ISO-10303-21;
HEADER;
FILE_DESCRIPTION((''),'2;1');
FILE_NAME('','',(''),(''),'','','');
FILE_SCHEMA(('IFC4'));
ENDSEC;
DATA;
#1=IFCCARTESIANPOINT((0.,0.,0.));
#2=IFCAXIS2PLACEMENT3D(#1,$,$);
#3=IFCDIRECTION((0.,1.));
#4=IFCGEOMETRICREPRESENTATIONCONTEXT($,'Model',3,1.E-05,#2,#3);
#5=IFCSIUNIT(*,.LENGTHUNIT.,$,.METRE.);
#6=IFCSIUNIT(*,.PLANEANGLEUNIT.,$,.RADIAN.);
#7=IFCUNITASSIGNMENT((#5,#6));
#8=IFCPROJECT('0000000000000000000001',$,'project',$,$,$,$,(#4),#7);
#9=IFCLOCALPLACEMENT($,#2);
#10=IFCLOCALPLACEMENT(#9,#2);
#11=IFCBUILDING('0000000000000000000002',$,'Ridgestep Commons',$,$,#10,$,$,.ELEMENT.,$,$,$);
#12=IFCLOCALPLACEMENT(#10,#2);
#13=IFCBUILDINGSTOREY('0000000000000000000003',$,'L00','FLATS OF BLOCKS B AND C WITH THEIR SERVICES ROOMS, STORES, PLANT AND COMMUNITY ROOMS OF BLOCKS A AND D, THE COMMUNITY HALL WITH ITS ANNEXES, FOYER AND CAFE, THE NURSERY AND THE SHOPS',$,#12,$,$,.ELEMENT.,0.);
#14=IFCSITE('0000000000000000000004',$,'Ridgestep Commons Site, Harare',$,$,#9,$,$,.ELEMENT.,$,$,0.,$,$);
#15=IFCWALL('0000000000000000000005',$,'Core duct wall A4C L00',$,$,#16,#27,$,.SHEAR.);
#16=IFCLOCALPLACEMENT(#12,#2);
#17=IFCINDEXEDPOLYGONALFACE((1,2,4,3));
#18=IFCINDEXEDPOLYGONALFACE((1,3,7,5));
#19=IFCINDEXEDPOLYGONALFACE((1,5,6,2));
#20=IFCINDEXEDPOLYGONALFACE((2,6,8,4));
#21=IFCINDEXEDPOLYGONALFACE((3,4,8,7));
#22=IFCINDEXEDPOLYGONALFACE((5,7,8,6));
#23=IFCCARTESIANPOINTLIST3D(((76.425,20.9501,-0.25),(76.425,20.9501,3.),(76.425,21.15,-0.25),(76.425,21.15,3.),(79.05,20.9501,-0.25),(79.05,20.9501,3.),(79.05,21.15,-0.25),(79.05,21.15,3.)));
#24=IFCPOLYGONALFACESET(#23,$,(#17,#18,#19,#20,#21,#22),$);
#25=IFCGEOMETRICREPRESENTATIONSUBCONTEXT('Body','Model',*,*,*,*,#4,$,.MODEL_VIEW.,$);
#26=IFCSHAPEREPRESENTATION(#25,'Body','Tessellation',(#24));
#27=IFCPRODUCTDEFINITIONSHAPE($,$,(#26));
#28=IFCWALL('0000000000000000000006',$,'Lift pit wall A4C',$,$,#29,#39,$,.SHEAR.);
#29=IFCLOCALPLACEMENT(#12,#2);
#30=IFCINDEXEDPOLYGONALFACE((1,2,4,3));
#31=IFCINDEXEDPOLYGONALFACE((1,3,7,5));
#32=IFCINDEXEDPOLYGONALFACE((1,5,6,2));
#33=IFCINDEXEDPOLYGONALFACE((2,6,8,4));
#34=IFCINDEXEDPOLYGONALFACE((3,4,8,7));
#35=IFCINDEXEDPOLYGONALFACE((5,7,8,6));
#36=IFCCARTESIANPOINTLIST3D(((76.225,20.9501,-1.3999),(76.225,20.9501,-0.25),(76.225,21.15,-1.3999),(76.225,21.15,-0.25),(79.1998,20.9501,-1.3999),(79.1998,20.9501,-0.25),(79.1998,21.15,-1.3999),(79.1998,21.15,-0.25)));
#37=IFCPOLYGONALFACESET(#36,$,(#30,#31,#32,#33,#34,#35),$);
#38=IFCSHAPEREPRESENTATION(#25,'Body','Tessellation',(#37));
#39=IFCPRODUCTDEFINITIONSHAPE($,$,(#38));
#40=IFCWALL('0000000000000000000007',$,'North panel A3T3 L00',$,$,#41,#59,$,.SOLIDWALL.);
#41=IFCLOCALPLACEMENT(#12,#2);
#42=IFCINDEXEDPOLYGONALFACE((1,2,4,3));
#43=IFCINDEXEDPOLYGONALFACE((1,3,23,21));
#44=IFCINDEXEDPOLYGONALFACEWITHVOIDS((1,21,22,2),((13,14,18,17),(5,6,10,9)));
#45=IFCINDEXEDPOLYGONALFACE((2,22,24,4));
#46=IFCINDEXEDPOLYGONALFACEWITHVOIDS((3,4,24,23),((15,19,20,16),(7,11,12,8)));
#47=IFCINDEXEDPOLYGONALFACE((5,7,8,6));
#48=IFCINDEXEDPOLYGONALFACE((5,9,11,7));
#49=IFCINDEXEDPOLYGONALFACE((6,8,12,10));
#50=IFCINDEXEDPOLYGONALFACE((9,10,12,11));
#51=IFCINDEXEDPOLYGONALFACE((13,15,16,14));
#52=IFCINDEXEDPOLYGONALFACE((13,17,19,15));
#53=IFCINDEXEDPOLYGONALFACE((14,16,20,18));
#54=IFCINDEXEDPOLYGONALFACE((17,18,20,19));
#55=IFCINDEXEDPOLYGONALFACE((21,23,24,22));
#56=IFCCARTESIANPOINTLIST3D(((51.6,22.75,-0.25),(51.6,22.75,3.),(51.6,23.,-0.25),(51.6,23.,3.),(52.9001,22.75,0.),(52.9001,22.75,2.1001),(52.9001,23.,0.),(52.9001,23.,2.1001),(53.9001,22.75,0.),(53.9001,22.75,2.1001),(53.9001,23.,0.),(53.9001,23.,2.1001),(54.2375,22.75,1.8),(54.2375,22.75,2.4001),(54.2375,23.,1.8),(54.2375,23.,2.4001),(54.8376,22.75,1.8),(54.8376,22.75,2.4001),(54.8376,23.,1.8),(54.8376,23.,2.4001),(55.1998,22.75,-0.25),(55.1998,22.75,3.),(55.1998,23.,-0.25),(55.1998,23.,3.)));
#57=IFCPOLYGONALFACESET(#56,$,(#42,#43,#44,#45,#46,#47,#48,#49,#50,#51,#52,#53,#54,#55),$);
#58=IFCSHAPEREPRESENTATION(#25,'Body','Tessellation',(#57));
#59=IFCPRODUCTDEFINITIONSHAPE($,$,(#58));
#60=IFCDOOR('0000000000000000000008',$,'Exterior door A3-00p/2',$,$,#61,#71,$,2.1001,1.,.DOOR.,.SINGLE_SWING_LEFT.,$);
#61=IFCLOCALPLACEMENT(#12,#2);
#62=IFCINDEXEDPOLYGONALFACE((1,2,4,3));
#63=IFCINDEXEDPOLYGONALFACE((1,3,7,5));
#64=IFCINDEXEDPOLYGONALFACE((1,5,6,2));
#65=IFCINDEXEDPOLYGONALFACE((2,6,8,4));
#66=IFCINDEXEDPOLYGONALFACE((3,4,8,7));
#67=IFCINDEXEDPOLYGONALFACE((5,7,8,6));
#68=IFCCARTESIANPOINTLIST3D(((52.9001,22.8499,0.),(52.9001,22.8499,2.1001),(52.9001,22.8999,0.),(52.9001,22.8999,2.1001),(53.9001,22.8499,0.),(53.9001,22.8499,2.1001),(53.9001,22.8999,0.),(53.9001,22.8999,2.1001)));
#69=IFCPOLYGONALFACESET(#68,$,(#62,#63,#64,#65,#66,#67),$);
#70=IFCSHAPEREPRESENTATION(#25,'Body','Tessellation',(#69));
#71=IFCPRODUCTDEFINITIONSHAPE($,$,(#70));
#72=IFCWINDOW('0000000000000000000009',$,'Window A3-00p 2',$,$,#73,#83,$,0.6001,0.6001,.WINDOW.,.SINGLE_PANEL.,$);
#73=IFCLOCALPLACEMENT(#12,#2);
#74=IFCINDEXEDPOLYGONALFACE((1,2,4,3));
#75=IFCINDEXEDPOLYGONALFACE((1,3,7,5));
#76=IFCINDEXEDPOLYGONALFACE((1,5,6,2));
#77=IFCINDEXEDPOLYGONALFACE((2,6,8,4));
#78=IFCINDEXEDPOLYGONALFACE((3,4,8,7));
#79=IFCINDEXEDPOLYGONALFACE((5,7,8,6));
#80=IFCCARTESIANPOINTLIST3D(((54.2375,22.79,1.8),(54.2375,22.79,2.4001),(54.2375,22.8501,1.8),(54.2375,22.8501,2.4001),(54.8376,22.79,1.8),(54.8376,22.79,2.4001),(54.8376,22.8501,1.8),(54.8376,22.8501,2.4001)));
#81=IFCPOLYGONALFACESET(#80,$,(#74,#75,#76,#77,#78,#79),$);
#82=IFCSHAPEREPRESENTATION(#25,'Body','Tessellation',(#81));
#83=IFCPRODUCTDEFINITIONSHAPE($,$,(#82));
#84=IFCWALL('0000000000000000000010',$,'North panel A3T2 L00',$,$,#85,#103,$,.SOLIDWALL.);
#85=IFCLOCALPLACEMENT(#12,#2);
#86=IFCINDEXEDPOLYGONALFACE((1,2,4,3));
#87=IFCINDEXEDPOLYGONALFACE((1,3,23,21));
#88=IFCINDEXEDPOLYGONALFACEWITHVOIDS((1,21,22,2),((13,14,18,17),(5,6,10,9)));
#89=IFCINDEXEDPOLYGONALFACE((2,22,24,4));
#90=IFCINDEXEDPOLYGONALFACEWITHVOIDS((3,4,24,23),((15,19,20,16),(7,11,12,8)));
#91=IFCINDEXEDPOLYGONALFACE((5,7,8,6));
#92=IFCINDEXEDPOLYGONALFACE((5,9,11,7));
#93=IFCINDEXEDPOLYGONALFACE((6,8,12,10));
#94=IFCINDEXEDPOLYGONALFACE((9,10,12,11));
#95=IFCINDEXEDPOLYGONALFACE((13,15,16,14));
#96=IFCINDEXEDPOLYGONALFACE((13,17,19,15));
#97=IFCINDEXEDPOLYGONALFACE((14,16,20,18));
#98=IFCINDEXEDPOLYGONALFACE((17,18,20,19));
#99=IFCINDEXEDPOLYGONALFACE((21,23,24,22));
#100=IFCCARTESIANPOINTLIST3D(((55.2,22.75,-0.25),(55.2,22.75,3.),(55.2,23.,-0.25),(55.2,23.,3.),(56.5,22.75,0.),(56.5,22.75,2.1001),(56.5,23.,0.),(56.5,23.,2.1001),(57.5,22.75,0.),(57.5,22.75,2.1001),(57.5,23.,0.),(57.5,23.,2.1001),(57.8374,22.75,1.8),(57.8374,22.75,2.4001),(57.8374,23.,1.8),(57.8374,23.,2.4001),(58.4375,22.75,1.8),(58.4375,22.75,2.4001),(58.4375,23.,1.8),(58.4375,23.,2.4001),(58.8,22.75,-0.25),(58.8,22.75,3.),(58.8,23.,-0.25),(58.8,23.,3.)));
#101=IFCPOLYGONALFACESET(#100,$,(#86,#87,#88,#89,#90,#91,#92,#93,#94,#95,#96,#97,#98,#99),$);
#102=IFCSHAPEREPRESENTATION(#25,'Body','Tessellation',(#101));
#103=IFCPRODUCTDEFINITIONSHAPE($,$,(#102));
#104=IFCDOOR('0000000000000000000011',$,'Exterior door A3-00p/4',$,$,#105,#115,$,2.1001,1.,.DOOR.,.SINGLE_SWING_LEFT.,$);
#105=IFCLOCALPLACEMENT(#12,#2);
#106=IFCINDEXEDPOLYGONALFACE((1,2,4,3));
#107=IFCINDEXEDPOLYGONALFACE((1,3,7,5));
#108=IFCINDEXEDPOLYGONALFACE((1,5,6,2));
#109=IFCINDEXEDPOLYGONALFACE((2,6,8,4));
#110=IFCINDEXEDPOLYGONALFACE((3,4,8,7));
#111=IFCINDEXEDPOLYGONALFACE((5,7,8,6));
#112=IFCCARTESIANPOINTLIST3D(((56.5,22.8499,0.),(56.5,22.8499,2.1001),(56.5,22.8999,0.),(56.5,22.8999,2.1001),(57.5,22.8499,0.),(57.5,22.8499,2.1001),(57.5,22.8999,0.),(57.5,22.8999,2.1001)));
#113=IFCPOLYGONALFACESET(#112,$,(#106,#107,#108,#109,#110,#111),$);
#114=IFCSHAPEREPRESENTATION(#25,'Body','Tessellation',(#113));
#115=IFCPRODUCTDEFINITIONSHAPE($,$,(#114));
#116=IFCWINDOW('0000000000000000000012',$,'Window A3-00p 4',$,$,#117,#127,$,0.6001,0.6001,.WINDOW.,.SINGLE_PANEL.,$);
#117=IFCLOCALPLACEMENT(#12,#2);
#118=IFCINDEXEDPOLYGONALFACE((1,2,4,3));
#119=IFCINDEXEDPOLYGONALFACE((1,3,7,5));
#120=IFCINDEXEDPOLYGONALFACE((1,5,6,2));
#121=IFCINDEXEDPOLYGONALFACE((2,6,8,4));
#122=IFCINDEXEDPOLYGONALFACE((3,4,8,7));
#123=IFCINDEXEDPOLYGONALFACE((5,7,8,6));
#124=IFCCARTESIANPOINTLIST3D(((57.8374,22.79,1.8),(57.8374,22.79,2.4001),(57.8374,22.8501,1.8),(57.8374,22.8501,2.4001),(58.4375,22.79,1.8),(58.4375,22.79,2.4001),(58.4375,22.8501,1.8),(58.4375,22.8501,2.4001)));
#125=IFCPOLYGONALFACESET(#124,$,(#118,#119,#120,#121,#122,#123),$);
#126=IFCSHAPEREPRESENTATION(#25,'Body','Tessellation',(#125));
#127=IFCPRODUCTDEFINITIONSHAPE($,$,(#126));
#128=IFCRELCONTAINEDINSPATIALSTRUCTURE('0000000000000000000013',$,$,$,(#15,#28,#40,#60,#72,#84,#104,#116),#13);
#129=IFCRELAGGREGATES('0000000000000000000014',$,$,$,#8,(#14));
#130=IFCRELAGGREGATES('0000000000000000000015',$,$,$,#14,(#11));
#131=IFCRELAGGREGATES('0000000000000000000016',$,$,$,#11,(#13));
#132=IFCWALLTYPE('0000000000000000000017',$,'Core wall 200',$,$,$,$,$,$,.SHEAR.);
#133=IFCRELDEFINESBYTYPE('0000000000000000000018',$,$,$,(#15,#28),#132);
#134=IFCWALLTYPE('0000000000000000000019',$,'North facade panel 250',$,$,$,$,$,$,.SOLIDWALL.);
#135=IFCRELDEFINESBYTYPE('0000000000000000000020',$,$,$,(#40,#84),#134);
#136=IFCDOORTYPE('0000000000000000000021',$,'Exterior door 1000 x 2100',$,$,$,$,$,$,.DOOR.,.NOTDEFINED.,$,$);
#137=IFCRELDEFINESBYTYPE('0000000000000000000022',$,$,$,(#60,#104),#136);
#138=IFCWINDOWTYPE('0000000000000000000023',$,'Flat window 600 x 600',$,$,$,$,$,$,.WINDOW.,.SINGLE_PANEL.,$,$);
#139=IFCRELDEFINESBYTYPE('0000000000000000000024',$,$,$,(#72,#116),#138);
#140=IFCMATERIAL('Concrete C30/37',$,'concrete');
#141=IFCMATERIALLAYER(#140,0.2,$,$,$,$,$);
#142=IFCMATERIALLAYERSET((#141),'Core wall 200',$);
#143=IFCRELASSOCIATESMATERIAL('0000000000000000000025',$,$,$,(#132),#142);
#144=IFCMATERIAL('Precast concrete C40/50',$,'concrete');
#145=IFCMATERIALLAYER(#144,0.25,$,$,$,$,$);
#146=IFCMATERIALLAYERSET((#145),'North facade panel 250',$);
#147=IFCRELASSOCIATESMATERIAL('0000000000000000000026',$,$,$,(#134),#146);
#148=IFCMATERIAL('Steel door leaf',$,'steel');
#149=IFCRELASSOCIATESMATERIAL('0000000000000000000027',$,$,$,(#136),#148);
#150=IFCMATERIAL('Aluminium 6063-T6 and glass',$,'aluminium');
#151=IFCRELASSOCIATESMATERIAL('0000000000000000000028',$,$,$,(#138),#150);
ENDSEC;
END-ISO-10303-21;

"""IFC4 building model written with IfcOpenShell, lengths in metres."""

from ifc_helpers import new_model, si_unit, direction, frame, frame_2d, origin, place, context, subcontext, project, spatial, rectangle, extrude, material, layer, layer_set, type_object, element, fill, save


model = new_model("IFC4")

# Units and contexts
model_context = context("Model", 3, precision=1e-05, world=origin(), true_north=direction((0.0, 1.0)))
body_context = subcontext(model_context, "Body", "Model", "MODEL_VIEW")
ifc_project = project(units=[si_unit("LENGTHUNIT", "METRE"), si_unit("PLANEANGLEUNIT", "RADIAN")], contexts=[model_context])

# Site, building, storey
site_placement = place(None, origin())
site = spatial("IfcSite", under=ifc_project, at=site_placement, Name="Ridgestep Commons Site, Harare", CompositionType="ELEMENT", RefElevation=0.0)
building_placement = place(site_placement, origin())
building = spatial("IfcBuilding", under=site, at=building_placement, Name="Ridgestep Commons", CompositionType="ELEMENT")
storey_placement = place(building_placement, origin())
storey = spatial("IfcBuildingStorey", under=building, at=storey_placement, Name="L00", Description="FLATS OF BLOCKS B AND C WITH THEIR SERVICES ROOMS, STORES, PLANT AND COMMUNITY ROOMS OF BLOCKS A AND D, THE COMMUNITY HALL WITH ITS ANNEXES, FOYER AND CAFE, THE NURSERY AND THE SHOPS", CompositionType="ELEMENT", Elevation=0.0)

# Walls
ifc_material_1 = material(Name="Concrete C30/37", Category="concrete")
ifc_layer_1 = layer(ifc_material_1, 0.2)
ifc_layer_set_1 = layer_set([ifc_layer_1], Name="Core wall 200")
wall_type_1 = type_object("IfcWallType", Name="Core wall 200", PredefinedType="SHEAR", material=ifc_layer_set_1)
wall_1_placement = place(storey_placement, frame((76.425, 21.05, -0.25), z_axis=(0.0, 0.0, 1.0), x_axis=(1.0, 0.0, 0.0)))
element("IfcWall", 1, at=wall_1_placement, inside=storey, type_object=wall_type_1, Name="Core duct wall A4C L00", PredefinedType="SHEAR", context=body_context, shape_type="SweptSolid", body=[
    extrude(rectangle(XDim=2.625, YDim=0.2, at=frame_2d((1.3125, 0.0))), origin(), (0.0, 0.0, 1.0), 3.25),
])
wall_2_placement = place(storey_placement, frame((76.2251, 21.05, -1.3999), z_axis=(0.0, 0.0, 1.0), x_axis=(1.0, 0.0, 0.0)))
element("IfcWall", 2, at=wall_2_placement, inside=storey, type_object=wall_type_1, Name="Lift pit wall A4C", PredefinedType="SHEAR", context=body_context, shape_type="SweptSolid", body=[
    extrude(rectangle(XDim=2.9749, YDim=0.2, at=frame_2d((1.4873, 0.0))), origin(), (0.0, 0.0, 1.0), 1.1499),
])

# Walls, openings, doors, windows
ifc_material_2 = material(Name="Precast concrete C40/50", Category="concrete")
ifc_layer_2 = layer(ifc_material_2, 0.25)
ifc_layer_set_2 = layer_set([ifc_layer_2], Name="North facade panel 250")
wall_type_2 = type_object("IfcWallType", Name="North facade panel 250", PredefinedType="SOLIDWALL", material=ifc_layer_set_2)
wall_3_placement = place(storey_placement, frame((51.6001, 22.875, -0.25), z_axis=(0.0, 0.0, 1.0), x_axis=(1.0, 0.0, 0.0)))
wall_3 = element("IfcWall", 3, at=wall_3_placement, inside=storey, type_object=wall_type_2, Name="North panel A3T3 L00", PredefinedType="SOLIDWALL", context=body_context, shape_type="SweptSolid", body=[
    extrude(rectangle(XDim=3.5999, YDim=0.25, at=frame_2d((1.7998, 0.0))), origin(), (0.0, 0.0, 1.0), 3.25),
])
opening_1_placement = place(wall_3_placement, frame((2.6375, 0.0, 2.05)))
opening_1 = element("IfcOpeningElement", 4, at=opening_1_placement, cuts=wall_3, PredefinedType="OPENING", context=body_context, shape_type="SweptSolid", body=[
    extrude(rectangle(XDim=0.6001, YDim=0.6001, at=frame_2d((0.3, 0.3))), frame((0.0, 0.135, 0.0), z_axis=(0.0, -1.0, 0.0), x_axis=(1.0, 0.0, 0.0)), (0.0, 0.0, 1.0), 0.27),
])
opening_2_placement = place(wall_3_placement, frame((1.3, 0.0, 0.25)))
opening_2 = element("IfcOpeningElement", 5, at=opening_2_placement, cuts=wall_3, PredefinedType="OPENING", context=body_context, shape_type="SweptSolid", body=[
    extrude(rectangle(XDim=1.0, YDim=2.1001, at=frame_2d((0.5, 1.05))), frame((0.0, 0.135, 0.0), z_axis=(0.0, -1.0, 0.0), x_axis=(1.0, 0.0, 0.0)), (0.0, 0.0, 1.0), 0.27),
])
ifc_material_3 = material(Name="Steel door leaf", Category="steel")
door_type = type_object("IfcDoorType", Name="Exterior door 1000 x 2100", OperationType="NOTDEFINED", PredefinedType="DOOR", material=ifc_material_3)
door_1_placement = place(opening_2_placement, origin())
door_1 = element("IfcDoor", 6, at=door_1_placement, inside=storey, type_object=door_type, Name="Exterior door A3-00p/2", OperationType="SINGLE_SWING_LEFT", OverallHeight=2.1001, OverallWidth=1.0, PredefinedType="DOOR", context=body_context, shape_type="SweptSolid", body=[
    extrude(rectangle(XDim=1.0, YDim=2.1001, at=frame_2d((0.5, 1.05))), frame((0.0, 0.0249, 0.0), z_axis=(0.0, -1.0, 0.0), x_axis=(1.0, 0.0, 0.0)), (0.0, 0.0, 1.0), 0.05),
])
fill(opening_2, door_1)
ifc_material_4 = material(Name="Aluminium 6063-T6 and glass", Category="aluminium")
window_type = type_object("IfcWindowType", Name="Flat window 600 x 600", PartitioningType="SINGLE_PANEL", PredefinedType="WINDOW", material=ifc_material_4)
window_1_placement = place(opening_1_placement, origin())
window_1 = element("IfcWindow", 7, at=window_1_placement, inside=storey, type_object=window_type, Name="Window A3-00p 2", OverallHeight=0.6001, OverallWidth=0.6001, PartitioningType="SINGLE_PANEL", PredefinedType="WINDOW", context=body_context, shape_type="SweptSolid", body=[
    extrude(rectangle(XDim=0.6001, YDim=0.6001, at=frame_2d((0.3, 0.3))), frame((0.0, -0.0249, 0.0), z_axis=(0.0, -1.0, 0.0), x_axis=(1.0, 0.0, 0.0)), (0.0, 0.0, 1.0), 0.0601),
])
fill(opening_1, window_1)
wall_4_placement = place(storey_placement, frame((55.2, 22.875, -0.25), z_axis=(0.0, 0.0, 1.0), x_axis=(1.0, 0.0, 0.0)))
wall_4 = element("IfcWall", 8, at=wall_4_placement, inside=storey, type_object=wall_type_2, Name="North panel A3T2 L00", PredefinedType="SOLIDWALL", context=body_context, shape_type="SweptSolid", body=[
    extrude(rectangle(XDim=3.6001, YDim=0.25, at=frame_2d((1.8, 0.0))), origin(), (0.0, 0.0, 1.0), 3.25),
])
opening_3_placement = place(wall_4_placement, frame((2.6375, 0.0, 2.05)))
opening_3 = element("IfcOpeningElement", 9, at=opening_3_placement, cuts=wall_4, PredefinedType="OPENING", context=body_context, shape_type="SweptSolid", body=[
    extrude(rectangle(XDim=0.6001, YDim=0.6001, at=frame_2d((0.3, 0.3))), frame((0.0, 0.135, 0.0), z_axis=(0.0, -1.0, 0.0), x_axis=(1.0, 0.0, 0.0)), (0.0, 0.0, 1.0), 0.27),
])
opening_4_placement = place(wall_4_placement, frame((1.3, 0.0, 0.25)))
opening_4 = element("IfcOpeningElement", 10, at=opening_4_placement, cuts=wall_4, PredefinedType="OPENING", context=body_context, shape_type="SweptSolid", body=[
    extrude(rectangle(XDim=1.0, YDim=2.1001, at=frame_2d((0.5, 1.05))), frame((0.0, 0.135, 0.0), z_axis=(0.0, -1.0, 0.0), x_axis=(1.0, 0.0, 0.0)), (0.0, 0.0, 1.0), 0.27),
])
door_2_placement = place(opening_4_placement, origin())
door_2 = element("IfcDoor", 11, at=door_2_placement, inside=storey, type_object=door_type, Name="Exterior door A3-00p/4", OperationType="SINGLE_SWING_LEFT", OverallHeight=2.1001, OverallWidth=1.0, PredefinedType="DOOR", context=body_context, shape_type="SweptSolid", body=[
    extrude(rectangle(XDim=1.0, YDim=2.1001, at=frame_2d((0.5, 1.05))), frame((0.0, 0.0249, 0.0), z_axis=(0.0, -1.0, 0.0), x_axis=(1.0, 0.0, 0.0)), (0.0, 0.0, 1.0), 0.05),
])
fill(opening_4, door_2)
window_2_placement = place(opening_3_placement, origin())
window_2 = element("IfcWindow", 12, at=window_2_placement, inside=storey, type_object=window_type, Name="Window A3-00p 4", OverallHeight=0.6001, OverallWidth=0.6001, PartitioningType="SINGLE_PANEL", PredefinedType="WINDOW", context=body_context, shape_type="SweptSolid", body=[
    extrude(rectangle(XDim=0.6001, YDim=0.6001, at=frame_2d((0.3, 0.3))), frame((0.0, -0.0249, 0.0), z_axis=(0.0, -1.0, 0.0), x_axis=(1.0, 0.0, 0.0)), (0.0, 0.0, 1.0), 0.0601),
])
fill(opening_3, window_2)

save(model, "model.ifc")
